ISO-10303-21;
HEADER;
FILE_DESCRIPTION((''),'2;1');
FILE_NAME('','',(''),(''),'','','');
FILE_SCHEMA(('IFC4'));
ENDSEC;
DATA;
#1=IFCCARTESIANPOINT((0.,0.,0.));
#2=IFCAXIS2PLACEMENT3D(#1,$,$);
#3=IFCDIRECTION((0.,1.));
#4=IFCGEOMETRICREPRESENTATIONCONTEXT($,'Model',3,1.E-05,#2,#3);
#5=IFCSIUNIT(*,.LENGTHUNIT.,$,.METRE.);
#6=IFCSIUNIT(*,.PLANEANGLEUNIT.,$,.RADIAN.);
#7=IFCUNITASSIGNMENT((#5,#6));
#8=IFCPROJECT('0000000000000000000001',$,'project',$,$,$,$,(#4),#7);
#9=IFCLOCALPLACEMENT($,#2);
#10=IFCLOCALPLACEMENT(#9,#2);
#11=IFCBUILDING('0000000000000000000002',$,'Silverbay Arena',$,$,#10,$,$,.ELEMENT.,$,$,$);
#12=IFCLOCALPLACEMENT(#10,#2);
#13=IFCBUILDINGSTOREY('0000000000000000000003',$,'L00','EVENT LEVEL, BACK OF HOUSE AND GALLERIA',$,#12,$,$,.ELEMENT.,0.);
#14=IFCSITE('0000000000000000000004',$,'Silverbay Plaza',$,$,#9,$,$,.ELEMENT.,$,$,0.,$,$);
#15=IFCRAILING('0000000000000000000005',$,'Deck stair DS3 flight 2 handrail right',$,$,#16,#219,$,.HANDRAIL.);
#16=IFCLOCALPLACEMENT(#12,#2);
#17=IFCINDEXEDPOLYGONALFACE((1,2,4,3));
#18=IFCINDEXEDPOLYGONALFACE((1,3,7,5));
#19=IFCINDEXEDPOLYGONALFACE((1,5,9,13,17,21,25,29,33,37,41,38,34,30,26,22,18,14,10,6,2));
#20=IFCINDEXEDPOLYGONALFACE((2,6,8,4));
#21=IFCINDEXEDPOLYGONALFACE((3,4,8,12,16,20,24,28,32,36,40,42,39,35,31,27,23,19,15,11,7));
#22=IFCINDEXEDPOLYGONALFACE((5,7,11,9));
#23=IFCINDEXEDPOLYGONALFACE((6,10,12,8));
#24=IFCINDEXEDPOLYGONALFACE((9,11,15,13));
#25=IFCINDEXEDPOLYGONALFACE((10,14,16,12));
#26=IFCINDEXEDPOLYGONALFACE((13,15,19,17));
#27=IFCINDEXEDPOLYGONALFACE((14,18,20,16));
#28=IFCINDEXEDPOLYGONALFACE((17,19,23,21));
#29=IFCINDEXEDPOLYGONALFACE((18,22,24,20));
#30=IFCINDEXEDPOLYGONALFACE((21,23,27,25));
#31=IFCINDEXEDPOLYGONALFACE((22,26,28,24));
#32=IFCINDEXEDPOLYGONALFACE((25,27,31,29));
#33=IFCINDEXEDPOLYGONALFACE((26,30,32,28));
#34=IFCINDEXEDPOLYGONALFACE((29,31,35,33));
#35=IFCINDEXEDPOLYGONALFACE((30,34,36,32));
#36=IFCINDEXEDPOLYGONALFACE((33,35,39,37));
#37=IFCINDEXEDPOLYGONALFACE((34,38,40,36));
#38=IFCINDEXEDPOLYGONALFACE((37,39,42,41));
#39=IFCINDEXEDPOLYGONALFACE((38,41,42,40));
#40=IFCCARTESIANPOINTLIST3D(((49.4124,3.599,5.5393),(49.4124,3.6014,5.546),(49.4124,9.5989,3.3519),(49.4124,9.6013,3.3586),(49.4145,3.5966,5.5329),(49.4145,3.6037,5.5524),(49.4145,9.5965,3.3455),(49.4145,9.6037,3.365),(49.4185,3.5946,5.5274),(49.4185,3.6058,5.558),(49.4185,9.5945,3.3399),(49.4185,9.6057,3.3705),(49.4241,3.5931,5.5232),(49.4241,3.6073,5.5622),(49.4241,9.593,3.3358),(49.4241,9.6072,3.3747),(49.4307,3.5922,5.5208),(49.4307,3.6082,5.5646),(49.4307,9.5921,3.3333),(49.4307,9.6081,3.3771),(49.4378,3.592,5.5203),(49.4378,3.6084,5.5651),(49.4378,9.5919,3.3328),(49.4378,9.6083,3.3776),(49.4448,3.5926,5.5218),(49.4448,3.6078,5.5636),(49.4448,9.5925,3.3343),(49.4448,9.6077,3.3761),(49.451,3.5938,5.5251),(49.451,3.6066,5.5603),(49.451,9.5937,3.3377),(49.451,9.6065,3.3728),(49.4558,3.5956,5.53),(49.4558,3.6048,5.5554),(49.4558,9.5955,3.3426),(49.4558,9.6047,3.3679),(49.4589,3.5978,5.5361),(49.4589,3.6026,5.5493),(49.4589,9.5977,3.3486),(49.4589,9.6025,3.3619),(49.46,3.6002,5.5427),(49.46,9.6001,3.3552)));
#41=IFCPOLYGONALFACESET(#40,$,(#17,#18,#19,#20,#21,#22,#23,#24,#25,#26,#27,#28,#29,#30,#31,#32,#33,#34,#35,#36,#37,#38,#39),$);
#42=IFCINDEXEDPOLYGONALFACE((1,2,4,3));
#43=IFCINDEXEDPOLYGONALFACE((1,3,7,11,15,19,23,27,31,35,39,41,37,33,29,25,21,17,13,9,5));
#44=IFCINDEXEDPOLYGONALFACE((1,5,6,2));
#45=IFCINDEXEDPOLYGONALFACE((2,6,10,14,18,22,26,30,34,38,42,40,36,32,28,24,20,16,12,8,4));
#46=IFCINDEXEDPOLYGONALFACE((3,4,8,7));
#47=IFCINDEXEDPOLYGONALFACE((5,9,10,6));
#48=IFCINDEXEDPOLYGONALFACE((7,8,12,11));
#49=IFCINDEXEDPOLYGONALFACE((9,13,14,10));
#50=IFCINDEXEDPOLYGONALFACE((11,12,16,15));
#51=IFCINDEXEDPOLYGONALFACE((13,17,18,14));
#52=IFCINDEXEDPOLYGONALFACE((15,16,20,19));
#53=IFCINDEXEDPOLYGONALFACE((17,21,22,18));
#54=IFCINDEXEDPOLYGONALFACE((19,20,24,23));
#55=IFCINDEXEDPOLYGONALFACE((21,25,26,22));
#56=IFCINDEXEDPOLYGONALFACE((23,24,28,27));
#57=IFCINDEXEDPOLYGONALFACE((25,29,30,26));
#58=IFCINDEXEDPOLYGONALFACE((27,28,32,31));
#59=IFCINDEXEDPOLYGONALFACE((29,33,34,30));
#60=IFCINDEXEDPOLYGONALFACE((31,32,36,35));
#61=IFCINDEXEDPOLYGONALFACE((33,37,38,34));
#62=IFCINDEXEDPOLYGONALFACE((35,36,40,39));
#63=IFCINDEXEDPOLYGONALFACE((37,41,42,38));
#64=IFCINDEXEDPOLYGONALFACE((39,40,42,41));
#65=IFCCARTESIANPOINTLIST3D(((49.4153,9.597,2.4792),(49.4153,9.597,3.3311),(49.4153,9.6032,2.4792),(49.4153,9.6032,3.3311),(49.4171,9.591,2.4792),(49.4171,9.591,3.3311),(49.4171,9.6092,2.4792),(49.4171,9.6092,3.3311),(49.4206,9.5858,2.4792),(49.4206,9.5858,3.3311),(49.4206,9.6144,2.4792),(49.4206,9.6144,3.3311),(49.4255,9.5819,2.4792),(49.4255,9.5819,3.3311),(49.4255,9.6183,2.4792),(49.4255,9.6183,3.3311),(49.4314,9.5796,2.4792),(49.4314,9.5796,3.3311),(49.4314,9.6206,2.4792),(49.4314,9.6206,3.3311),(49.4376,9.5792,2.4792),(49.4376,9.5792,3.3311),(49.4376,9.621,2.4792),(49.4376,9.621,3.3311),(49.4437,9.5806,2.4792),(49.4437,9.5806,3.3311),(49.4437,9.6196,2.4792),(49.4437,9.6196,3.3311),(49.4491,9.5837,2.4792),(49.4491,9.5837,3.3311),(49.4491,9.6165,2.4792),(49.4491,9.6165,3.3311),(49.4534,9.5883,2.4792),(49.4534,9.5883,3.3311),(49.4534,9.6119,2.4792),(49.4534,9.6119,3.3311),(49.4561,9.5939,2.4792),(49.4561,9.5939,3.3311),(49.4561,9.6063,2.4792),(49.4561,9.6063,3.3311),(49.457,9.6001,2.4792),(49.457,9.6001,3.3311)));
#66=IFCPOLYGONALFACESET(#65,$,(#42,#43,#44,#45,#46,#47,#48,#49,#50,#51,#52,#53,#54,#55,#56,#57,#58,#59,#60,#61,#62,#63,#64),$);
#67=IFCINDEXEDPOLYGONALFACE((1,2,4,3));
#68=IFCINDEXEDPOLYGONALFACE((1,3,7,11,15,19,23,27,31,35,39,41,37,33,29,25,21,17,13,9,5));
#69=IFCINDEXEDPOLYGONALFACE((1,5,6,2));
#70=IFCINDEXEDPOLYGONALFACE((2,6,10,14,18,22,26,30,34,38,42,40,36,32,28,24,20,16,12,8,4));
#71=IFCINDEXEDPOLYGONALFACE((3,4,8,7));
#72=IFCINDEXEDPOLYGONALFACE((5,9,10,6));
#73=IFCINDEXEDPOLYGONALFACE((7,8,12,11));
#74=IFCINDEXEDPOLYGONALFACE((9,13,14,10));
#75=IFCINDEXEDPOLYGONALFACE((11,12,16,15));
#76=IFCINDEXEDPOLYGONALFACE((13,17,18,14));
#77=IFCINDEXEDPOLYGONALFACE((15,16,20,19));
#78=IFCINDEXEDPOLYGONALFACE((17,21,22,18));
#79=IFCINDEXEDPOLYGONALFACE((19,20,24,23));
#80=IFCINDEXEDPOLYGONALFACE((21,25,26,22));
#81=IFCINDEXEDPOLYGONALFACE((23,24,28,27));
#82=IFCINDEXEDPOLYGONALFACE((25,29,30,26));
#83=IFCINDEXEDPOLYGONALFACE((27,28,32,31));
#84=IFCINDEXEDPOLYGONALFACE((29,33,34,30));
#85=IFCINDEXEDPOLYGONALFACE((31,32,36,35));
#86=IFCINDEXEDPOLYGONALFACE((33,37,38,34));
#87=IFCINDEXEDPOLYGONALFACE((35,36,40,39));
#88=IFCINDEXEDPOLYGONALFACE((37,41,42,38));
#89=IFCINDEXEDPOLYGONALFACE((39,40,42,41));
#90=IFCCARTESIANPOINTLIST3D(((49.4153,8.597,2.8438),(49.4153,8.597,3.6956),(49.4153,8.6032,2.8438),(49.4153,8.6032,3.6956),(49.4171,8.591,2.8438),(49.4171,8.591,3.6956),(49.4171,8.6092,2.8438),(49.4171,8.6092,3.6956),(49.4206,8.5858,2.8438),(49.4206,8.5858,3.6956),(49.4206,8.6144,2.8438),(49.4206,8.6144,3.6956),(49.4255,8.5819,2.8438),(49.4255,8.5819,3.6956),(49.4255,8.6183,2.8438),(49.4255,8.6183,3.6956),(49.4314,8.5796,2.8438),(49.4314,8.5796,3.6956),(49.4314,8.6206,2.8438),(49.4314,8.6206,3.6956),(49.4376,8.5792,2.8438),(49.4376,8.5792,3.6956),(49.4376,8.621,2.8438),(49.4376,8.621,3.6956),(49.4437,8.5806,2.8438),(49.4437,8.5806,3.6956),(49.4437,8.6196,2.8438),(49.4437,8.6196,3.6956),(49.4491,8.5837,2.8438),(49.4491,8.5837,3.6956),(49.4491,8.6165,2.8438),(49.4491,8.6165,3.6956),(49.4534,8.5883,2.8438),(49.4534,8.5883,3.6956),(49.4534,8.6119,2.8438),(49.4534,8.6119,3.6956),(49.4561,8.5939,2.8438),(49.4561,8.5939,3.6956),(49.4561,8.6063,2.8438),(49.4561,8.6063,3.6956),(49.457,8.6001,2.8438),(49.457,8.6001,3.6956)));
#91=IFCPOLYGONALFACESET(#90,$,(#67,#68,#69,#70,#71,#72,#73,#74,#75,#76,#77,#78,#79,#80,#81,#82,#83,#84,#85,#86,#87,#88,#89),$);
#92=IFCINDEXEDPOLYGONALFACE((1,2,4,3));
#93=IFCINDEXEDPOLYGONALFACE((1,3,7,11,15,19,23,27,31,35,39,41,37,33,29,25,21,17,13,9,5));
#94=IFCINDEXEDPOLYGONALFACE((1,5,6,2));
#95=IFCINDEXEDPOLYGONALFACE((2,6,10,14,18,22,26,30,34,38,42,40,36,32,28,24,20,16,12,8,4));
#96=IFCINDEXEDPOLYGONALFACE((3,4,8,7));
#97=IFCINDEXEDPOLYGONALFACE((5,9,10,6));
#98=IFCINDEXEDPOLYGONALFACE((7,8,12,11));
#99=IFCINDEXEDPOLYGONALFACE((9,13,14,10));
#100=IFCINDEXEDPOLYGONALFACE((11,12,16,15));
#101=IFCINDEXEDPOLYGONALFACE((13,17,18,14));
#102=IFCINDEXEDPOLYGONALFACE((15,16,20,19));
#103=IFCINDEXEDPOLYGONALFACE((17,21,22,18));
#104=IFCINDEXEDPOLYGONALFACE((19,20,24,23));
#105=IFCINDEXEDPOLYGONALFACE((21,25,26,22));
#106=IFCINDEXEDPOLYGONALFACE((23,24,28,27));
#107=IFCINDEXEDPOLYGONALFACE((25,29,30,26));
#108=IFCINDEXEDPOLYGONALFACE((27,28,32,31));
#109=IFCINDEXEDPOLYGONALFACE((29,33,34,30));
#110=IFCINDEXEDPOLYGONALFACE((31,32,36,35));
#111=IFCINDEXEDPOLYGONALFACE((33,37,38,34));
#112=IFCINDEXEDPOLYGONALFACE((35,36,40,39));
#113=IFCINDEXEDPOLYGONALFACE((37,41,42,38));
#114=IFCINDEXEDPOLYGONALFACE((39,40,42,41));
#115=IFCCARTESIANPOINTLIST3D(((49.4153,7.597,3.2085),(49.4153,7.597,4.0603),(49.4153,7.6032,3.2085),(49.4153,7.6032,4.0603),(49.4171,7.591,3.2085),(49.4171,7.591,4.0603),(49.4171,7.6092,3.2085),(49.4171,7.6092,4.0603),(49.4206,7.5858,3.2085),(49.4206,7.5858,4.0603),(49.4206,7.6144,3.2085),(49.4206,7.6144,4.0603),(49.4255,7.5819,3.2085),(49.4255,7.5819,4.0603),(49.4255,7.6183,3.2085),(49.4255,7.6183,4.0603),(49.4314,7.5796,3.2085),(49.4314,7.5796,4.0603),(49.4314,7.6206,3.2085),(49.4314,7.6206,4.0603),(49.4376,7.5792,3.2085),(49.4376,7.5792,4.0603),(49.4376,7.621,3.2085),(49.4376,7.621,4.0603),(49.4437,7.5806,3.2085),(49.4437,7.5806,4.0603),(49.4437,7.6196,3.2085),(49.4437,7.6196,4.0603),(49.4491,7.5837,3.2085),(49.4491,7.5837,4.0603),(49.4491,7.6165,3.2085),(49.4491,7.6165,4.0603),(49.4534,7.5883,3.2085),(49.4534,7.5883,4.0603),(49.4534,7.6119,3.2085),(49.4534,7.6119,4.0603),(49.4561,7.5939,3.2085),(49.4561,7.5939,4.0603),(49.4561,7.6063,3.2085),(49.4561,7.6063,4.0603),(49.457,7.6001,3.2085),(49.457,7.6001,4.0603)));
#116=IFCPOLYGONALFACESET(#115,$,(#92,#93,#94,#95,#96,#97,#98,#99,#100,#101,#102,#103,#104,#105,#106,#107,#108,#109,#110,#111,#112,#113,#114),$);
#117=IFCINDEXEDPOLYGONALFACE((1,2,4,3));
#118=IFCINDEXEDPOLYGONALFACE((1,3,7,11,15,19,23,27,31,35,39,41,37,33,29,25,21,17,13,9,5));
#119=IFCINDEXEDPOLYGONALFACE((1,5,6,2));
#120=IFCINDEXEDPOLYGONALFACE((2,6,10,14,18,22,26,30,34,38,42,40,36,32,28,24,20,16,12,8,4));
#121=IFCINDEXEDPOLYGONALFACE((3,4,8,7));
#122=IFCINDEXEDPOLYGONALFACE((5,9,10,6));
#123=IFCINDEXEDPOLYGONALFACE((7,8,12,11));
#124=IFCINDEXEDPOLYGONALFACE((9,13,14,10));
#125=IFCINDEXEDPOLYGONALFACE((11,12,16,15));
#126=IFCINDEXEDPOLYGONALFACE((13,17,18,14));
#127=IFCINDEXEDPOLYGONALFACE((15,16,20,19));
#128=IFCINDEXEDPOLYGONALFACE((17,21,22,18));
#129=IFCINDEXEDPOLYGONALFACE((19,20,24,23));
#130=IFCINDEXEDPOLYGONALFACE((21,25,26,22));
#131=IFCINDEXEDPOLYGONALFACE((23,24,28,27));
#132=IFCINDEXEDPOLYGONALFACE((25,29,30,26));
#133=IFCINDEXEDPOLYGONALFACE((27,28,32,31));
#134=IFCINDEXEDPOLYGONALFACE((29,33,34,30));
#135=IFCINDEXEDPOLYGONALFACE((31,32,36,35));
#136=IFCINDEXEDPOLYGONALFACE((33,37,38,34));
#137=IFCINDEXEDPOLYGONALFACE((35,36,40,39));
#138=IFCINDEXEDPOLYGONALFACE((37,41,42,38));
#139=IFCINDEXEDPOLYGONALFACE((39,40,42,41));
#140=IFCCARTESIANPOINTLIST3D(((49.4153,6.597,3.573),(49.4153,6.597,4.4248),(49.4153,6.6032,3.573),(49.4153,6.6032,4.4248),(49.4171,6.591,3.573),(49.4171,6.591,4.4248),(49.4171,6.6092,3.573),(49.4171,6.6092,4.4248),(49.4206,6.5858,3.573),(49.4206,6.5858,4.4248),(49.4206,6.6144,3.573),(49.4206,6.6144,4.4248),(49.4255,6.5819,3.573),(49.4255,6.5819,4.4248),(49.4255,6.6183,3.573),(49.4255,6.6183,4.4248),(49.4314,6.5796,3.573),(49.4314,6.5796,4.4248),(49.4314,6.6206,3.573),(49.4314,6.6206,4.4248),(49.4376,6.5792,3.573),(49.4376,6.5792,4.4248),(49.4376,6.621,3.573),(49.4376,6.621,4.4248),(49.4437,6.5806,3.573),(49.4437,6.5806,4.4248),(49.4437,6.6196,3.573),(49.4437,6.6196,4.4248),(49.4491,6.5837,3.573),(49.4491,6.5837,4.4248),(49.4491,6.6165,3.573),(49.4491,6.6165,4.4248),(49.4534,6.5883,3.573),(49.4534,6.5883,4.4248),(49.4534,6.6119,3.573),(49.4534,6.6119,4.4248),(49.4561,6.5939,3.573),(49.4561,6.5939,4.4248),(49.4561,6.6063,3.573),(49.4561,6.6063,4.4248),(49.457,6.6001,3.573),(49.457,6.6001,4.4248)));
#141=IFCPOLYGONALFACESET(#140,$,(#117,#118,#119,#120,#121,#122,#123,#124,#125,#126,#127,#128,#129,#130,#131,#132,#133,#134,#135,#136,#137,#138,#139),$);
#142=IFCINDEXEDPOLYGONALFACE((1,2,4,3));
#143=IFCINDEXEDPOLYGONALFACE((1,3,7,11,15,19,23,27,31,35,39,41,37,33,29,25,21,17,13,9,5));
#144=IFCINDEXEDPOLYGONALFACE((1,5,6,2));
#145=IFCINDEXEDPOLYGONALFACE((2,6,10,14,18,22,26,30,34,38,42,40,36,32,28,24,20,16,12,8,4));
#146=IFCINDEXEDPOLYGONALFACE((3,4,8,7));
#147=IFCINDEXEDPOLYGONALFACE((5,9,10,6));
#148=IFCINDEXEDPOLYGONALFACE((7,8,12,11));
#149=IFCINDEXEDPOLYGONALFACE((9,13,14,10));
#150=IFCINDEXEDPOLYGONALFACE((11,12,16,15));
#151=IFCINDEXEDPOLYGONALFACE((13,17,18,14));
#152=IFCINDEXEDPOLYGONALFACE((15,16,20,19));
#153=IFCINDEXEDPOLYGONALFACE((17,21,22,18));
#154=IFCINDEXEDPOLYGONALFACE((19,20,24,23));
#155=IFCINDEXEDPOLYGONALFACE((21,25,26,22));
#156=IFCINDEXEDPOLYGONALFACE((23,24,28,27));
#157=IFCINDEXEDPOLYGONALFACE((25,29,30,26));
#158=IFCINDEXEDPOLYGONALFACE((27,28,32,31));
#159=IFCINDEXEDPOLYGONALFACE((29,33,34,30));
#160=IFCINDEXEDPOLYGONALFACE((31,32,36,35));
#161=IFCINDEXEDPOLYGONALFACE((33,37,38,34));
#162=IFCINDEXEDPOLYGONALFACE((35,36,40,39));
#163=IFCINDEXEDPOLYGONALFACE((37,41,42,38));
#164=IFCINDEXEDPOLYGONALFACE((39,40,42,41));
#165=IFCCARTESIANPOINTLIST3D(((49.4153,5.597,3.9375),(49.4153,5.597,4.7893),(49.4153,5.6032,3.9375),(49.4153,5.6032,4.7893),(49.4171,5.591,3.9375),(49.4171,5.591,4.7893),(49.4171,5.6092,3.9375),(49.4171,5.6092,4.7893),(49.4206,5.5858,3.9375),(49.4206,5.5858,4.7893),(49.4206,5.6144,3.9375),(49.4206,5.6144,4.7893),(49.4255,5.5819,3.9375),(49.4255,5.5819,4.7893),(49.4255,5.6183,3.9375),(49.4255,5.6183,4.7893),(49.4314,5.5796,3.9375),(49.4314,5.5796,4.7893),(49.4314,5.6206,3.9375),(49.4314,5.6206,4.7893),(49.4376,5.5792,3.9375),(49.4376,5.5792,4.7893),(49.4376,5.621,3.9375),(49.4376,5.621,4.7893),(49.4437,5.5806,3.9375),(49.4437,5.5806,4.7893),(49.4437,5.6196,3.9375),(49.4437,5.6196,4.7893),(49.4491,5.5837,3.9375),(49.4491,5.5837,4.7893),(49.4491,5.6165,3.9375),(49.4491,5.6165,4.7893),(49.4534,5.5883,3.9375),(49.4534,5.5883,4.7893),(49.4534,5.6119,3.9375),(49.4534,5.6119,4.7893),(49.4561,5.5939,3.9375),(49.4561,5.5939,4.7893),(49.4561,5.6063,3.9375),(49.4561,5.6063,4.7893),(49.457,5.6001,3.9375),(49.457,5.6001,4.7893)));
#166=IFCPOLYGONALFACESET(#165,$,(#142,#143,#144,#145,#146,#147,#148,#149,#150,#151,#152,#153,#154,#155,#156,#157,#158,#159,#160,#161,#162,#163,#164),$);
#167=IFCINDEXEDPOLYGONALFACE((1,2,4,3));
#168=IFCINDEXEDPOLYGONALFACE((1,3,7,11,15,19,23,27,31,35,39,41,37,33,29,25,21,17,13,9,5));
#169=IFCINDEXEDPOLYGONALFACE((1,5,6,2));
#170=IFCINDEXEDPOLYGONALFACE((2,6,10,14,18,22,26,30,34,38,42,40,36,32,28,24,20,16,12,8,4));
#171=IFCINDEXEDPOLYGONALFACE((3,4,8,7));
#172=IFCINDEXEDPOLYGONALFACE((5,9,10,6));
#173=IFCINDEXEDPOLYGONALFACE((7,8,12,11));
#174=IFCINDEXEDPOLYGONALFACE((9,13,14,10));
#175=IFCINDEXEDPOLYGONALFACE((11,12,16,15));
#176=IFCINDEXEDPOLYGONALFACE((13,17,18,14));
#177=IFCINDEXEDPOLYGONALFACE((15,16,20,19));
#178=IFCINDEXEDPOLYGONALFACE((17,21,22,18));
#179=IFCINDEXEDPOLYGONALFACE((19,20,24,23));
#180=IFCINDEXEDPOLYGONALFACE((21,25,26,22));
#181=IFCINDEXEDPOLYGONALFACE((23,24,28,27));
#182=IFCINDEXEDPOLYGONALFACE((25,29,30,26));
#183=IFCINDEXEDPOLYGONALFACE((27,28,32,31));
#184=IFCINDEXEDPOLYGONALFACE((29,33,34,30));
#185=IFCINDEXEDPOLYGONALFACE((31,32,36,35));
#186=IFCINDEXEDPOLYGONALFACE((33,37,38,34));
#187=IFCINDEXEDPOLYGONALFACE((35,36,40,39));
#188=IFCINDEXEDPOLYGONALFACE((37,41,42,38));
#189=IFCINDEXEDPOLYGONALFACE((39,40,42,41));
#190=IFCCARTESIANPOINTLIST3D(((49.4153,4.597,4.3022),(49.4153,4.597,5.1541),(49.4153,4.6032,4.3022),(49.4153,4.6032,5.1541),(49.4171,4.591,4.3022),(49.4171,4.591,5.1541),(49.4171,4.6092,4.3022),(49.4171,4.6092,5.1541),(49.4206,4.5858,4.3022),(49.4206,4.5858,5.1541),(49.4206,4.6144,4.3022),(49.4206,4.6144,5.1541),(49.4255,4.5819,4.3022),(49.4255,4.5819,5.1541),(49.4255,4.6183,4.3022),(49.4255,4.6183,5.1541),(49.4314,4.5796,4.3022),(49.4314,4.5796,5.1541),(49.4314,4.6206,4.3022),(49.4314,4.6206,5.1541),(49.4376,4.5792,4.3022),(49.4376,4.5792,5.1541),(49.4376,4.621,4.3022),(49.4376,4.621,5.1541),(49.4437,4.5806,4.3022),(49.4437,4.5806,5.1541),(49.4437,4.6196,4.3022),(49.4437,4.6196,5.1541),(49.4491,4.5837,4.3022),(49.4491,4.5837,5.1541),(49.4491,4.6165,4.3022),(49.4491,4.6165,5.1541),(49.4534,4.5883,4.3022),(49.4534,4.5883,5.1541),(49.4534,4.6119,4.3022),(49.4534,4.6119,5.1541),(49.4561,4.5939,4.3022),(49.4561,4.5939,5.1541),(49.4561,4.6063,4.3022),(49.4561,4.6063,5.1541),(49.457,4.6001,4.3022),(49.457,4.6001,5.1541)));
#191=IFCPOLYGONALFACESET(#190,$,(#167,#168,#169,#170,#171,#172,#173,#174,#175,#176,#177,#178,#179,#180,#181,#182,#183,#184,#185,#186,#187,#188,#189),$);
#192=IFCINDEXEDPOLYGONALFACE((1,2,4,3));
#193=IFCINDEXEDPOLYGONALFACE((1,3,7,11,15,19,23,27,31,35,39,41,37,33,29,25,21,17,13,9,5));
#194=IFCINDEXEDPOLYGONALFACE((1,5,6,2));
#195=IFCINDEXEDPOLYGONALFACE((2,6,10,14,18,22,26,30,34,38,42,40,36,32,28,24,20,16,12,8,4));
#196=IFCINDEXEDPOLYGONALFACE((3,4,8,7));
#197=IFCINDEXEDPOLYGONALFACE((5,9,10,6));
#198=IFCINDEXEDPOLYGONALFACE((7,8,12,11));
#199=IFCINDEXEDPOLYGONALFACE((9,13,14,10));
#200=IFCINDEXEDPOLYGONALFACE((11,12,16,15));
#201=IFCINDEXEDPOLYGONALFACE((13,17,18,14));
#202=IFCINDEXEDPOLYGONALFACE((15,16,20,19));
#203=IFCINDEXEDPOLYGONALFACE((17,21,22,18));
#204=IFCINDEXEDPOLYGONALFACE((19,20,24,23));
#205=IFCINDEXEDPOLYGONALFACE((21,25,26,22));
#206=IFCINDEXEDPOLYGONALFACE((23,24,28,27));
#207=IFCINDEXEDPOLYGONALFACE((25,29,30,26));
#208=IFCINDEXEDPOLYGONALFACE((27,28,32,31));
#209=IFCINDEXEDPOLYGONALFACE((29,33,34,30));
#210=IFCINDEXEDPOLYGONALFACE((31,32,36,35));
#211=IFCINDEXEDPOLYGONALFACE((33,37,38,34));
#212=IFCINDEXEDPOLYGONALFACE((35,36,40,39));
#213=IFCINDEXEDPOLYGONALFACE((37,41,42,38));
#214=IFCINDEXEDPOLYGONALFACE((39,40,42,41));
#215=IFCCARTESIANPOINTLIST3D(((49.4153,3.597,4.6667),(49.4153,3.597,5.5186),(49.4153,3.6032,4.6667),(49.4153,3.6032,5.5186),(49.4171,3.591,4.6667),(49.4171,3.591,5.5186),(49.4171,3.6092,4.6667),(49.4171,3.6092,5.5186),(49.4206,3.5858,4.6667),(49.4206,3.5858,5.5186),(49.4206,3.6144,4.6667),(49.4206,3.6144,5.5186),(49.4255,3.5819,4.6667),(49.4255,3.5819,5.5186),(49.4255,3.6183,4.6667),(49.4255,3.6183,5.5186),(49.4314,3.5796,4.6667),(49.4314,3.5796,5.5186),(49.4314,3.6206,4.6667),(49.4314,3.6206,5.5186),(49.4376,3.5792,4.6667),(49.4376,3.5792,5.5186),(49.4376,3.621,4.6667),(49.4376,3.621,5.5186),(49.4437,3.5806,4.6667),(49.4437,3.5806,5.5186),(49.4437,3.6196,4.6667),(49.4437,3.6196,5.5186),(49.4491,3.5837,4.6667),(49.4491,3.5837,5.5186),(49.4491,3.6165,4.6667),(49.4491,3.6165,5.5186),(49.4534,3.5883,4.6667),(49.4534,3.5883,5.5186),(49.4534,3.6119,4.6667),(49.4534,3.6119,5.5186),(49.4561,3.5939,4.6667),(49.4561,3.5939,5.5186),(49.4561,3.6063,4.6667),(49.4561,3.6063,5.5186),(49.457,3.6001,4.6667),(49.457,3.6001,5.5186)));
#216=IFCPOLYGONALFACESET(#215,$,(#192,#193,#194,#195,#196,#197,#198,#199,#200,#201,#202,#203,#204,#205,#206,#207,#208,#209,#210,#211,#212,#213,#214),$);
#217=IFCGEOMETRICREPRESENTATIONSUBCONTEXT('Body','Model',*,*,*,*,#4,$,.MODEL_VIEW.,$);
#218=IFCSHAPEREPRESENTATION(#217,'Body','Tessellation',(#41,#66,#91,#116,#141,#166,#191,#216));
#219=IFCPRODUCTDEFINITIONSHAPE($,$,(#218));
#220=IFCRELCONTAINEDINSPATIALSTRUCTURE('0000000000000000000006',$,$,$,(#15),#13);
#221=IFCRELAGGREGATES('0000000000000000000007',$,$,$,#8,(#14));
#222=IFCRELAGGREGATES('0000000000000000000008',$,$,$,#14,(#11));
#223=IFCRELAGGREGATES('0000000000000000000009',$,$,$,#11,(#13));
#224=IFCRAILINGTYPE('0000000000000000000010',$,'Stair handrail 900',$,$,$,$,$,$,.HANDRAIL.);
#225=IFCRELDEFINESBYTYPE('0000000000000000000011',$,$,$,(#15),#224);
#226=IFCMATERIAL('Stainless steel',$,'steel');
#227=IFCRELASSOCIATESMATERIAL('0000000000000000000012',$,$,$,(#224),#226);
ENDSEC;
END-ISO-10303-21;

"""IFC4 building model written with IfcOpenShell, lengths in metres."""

from ifc_helpers import new_model, si_unit, direction, frame, origin, origin_2d, place, context, subcontext, project, spatial, circle, extrude, material, type_object, element, save


model = new_model("IFC4")

# Units and contexts
model_context = context("Model", 3, precision=1e-05, world=origin(), true_north=direction((0.0, 1.0)))
body_context = subcontext(model_context, "Body", "Model", "MODEL_VIEW")
ifc_project = project(units=[si_unit("LENGTHUNIT", "METRE"), si_unit("PLANEANGLEUNIT", "RADIAN")], contexts=[model_context])

# Site, building, storey
site_placement = place(None, origin())
site = spatial("IfcSite", under=ifc_project, at=site_placement, Name="Silverbay Plaza", CompositionType="ELEMENT", RefElevation=0.0)
building_placement = place(site_placement, origin())
building = spatial("IfcBuilding", under=site, at=building_placement, Name="Silverbay Arena", CompositionType="ELEMENT")
storey_placement = place(building_placement, origin())
storey = spatial("IfcBuildingStorey", under=building, at=storey_placement, Name="L00", Description="EVENT LEVEL, BACK OF HOUSE AND GALLERIA", CompositionType="ELEMENT", Elevation=0.0)

# Railing
ifc_material_1 = material(Name="Stainless steel", Category="steel")
railing_type_1 = type_object("IfcRailingType", Name="Stair handrail 900", PredefinedType="HANDRAIL", material=ifc_material_1)
for number, where, name in (
    (1, (49.436, 9.6001, 2.4792), "Deck stair DS3 flight 2 handrail right"),
):
    element("IfcRailing", number, at=place(storey_placement, frame(where)), inside=storey, type_object=railing_type_1, Name=name, PredefinedType="HANDRAIL", context=body_context, shape_type="SweptSolid", body=[
        extrude(circle(Radius=0.0239, at=origin_2d()), frame((0.0, 0.0, 0.876), z_axis=(0.0, -0.939507, 0.342529), x_axis=(1.0, 0.0, 0.0)), (0.0, 0.0, 1.0), 6.3862),
        extrude(circle(Radius=0.021, at=origin_2d()), origin(), (0.0, 0.0, 1.0), 0.8518),
        extrude(circle(Radius=0.021, at=origin_2d()), frame((0.0, -1.0, 0.3645)), (0.0, 0.0, 1.0), 0.8518),
        extrude(circle(Radius=0.021, at=origin_2d()), frame((0.0, -2.0, 0.7292)), (0.0, 0.0, 1.0), 0.8518),
        extrude(circle(Radius=0.021, at=origin_2d()), frame((0.0, -3.0, 1.0938)), (0.0, 0.0, 1.0), 0.8518),
        extrude(circle(Radius=0.021, at=origin_2d()), frame((0.0, -4.0, 1.4583)), (0.0, 0.0, 1.0), 0.8518),
        extrude(circle(Radius=0.021, at=origin_2d()), frame((0.0, -5.0, 1.823)), (0.0, 0.0, 1.0), 0.8518),
        extrude(circle(Radius=0.021, at=origin_2d()), frame((0.0, -6.0, 2.1875)), (0.0, 0.0, 1.0), 0.8518),
    ])

save(model, "model.ifc")
